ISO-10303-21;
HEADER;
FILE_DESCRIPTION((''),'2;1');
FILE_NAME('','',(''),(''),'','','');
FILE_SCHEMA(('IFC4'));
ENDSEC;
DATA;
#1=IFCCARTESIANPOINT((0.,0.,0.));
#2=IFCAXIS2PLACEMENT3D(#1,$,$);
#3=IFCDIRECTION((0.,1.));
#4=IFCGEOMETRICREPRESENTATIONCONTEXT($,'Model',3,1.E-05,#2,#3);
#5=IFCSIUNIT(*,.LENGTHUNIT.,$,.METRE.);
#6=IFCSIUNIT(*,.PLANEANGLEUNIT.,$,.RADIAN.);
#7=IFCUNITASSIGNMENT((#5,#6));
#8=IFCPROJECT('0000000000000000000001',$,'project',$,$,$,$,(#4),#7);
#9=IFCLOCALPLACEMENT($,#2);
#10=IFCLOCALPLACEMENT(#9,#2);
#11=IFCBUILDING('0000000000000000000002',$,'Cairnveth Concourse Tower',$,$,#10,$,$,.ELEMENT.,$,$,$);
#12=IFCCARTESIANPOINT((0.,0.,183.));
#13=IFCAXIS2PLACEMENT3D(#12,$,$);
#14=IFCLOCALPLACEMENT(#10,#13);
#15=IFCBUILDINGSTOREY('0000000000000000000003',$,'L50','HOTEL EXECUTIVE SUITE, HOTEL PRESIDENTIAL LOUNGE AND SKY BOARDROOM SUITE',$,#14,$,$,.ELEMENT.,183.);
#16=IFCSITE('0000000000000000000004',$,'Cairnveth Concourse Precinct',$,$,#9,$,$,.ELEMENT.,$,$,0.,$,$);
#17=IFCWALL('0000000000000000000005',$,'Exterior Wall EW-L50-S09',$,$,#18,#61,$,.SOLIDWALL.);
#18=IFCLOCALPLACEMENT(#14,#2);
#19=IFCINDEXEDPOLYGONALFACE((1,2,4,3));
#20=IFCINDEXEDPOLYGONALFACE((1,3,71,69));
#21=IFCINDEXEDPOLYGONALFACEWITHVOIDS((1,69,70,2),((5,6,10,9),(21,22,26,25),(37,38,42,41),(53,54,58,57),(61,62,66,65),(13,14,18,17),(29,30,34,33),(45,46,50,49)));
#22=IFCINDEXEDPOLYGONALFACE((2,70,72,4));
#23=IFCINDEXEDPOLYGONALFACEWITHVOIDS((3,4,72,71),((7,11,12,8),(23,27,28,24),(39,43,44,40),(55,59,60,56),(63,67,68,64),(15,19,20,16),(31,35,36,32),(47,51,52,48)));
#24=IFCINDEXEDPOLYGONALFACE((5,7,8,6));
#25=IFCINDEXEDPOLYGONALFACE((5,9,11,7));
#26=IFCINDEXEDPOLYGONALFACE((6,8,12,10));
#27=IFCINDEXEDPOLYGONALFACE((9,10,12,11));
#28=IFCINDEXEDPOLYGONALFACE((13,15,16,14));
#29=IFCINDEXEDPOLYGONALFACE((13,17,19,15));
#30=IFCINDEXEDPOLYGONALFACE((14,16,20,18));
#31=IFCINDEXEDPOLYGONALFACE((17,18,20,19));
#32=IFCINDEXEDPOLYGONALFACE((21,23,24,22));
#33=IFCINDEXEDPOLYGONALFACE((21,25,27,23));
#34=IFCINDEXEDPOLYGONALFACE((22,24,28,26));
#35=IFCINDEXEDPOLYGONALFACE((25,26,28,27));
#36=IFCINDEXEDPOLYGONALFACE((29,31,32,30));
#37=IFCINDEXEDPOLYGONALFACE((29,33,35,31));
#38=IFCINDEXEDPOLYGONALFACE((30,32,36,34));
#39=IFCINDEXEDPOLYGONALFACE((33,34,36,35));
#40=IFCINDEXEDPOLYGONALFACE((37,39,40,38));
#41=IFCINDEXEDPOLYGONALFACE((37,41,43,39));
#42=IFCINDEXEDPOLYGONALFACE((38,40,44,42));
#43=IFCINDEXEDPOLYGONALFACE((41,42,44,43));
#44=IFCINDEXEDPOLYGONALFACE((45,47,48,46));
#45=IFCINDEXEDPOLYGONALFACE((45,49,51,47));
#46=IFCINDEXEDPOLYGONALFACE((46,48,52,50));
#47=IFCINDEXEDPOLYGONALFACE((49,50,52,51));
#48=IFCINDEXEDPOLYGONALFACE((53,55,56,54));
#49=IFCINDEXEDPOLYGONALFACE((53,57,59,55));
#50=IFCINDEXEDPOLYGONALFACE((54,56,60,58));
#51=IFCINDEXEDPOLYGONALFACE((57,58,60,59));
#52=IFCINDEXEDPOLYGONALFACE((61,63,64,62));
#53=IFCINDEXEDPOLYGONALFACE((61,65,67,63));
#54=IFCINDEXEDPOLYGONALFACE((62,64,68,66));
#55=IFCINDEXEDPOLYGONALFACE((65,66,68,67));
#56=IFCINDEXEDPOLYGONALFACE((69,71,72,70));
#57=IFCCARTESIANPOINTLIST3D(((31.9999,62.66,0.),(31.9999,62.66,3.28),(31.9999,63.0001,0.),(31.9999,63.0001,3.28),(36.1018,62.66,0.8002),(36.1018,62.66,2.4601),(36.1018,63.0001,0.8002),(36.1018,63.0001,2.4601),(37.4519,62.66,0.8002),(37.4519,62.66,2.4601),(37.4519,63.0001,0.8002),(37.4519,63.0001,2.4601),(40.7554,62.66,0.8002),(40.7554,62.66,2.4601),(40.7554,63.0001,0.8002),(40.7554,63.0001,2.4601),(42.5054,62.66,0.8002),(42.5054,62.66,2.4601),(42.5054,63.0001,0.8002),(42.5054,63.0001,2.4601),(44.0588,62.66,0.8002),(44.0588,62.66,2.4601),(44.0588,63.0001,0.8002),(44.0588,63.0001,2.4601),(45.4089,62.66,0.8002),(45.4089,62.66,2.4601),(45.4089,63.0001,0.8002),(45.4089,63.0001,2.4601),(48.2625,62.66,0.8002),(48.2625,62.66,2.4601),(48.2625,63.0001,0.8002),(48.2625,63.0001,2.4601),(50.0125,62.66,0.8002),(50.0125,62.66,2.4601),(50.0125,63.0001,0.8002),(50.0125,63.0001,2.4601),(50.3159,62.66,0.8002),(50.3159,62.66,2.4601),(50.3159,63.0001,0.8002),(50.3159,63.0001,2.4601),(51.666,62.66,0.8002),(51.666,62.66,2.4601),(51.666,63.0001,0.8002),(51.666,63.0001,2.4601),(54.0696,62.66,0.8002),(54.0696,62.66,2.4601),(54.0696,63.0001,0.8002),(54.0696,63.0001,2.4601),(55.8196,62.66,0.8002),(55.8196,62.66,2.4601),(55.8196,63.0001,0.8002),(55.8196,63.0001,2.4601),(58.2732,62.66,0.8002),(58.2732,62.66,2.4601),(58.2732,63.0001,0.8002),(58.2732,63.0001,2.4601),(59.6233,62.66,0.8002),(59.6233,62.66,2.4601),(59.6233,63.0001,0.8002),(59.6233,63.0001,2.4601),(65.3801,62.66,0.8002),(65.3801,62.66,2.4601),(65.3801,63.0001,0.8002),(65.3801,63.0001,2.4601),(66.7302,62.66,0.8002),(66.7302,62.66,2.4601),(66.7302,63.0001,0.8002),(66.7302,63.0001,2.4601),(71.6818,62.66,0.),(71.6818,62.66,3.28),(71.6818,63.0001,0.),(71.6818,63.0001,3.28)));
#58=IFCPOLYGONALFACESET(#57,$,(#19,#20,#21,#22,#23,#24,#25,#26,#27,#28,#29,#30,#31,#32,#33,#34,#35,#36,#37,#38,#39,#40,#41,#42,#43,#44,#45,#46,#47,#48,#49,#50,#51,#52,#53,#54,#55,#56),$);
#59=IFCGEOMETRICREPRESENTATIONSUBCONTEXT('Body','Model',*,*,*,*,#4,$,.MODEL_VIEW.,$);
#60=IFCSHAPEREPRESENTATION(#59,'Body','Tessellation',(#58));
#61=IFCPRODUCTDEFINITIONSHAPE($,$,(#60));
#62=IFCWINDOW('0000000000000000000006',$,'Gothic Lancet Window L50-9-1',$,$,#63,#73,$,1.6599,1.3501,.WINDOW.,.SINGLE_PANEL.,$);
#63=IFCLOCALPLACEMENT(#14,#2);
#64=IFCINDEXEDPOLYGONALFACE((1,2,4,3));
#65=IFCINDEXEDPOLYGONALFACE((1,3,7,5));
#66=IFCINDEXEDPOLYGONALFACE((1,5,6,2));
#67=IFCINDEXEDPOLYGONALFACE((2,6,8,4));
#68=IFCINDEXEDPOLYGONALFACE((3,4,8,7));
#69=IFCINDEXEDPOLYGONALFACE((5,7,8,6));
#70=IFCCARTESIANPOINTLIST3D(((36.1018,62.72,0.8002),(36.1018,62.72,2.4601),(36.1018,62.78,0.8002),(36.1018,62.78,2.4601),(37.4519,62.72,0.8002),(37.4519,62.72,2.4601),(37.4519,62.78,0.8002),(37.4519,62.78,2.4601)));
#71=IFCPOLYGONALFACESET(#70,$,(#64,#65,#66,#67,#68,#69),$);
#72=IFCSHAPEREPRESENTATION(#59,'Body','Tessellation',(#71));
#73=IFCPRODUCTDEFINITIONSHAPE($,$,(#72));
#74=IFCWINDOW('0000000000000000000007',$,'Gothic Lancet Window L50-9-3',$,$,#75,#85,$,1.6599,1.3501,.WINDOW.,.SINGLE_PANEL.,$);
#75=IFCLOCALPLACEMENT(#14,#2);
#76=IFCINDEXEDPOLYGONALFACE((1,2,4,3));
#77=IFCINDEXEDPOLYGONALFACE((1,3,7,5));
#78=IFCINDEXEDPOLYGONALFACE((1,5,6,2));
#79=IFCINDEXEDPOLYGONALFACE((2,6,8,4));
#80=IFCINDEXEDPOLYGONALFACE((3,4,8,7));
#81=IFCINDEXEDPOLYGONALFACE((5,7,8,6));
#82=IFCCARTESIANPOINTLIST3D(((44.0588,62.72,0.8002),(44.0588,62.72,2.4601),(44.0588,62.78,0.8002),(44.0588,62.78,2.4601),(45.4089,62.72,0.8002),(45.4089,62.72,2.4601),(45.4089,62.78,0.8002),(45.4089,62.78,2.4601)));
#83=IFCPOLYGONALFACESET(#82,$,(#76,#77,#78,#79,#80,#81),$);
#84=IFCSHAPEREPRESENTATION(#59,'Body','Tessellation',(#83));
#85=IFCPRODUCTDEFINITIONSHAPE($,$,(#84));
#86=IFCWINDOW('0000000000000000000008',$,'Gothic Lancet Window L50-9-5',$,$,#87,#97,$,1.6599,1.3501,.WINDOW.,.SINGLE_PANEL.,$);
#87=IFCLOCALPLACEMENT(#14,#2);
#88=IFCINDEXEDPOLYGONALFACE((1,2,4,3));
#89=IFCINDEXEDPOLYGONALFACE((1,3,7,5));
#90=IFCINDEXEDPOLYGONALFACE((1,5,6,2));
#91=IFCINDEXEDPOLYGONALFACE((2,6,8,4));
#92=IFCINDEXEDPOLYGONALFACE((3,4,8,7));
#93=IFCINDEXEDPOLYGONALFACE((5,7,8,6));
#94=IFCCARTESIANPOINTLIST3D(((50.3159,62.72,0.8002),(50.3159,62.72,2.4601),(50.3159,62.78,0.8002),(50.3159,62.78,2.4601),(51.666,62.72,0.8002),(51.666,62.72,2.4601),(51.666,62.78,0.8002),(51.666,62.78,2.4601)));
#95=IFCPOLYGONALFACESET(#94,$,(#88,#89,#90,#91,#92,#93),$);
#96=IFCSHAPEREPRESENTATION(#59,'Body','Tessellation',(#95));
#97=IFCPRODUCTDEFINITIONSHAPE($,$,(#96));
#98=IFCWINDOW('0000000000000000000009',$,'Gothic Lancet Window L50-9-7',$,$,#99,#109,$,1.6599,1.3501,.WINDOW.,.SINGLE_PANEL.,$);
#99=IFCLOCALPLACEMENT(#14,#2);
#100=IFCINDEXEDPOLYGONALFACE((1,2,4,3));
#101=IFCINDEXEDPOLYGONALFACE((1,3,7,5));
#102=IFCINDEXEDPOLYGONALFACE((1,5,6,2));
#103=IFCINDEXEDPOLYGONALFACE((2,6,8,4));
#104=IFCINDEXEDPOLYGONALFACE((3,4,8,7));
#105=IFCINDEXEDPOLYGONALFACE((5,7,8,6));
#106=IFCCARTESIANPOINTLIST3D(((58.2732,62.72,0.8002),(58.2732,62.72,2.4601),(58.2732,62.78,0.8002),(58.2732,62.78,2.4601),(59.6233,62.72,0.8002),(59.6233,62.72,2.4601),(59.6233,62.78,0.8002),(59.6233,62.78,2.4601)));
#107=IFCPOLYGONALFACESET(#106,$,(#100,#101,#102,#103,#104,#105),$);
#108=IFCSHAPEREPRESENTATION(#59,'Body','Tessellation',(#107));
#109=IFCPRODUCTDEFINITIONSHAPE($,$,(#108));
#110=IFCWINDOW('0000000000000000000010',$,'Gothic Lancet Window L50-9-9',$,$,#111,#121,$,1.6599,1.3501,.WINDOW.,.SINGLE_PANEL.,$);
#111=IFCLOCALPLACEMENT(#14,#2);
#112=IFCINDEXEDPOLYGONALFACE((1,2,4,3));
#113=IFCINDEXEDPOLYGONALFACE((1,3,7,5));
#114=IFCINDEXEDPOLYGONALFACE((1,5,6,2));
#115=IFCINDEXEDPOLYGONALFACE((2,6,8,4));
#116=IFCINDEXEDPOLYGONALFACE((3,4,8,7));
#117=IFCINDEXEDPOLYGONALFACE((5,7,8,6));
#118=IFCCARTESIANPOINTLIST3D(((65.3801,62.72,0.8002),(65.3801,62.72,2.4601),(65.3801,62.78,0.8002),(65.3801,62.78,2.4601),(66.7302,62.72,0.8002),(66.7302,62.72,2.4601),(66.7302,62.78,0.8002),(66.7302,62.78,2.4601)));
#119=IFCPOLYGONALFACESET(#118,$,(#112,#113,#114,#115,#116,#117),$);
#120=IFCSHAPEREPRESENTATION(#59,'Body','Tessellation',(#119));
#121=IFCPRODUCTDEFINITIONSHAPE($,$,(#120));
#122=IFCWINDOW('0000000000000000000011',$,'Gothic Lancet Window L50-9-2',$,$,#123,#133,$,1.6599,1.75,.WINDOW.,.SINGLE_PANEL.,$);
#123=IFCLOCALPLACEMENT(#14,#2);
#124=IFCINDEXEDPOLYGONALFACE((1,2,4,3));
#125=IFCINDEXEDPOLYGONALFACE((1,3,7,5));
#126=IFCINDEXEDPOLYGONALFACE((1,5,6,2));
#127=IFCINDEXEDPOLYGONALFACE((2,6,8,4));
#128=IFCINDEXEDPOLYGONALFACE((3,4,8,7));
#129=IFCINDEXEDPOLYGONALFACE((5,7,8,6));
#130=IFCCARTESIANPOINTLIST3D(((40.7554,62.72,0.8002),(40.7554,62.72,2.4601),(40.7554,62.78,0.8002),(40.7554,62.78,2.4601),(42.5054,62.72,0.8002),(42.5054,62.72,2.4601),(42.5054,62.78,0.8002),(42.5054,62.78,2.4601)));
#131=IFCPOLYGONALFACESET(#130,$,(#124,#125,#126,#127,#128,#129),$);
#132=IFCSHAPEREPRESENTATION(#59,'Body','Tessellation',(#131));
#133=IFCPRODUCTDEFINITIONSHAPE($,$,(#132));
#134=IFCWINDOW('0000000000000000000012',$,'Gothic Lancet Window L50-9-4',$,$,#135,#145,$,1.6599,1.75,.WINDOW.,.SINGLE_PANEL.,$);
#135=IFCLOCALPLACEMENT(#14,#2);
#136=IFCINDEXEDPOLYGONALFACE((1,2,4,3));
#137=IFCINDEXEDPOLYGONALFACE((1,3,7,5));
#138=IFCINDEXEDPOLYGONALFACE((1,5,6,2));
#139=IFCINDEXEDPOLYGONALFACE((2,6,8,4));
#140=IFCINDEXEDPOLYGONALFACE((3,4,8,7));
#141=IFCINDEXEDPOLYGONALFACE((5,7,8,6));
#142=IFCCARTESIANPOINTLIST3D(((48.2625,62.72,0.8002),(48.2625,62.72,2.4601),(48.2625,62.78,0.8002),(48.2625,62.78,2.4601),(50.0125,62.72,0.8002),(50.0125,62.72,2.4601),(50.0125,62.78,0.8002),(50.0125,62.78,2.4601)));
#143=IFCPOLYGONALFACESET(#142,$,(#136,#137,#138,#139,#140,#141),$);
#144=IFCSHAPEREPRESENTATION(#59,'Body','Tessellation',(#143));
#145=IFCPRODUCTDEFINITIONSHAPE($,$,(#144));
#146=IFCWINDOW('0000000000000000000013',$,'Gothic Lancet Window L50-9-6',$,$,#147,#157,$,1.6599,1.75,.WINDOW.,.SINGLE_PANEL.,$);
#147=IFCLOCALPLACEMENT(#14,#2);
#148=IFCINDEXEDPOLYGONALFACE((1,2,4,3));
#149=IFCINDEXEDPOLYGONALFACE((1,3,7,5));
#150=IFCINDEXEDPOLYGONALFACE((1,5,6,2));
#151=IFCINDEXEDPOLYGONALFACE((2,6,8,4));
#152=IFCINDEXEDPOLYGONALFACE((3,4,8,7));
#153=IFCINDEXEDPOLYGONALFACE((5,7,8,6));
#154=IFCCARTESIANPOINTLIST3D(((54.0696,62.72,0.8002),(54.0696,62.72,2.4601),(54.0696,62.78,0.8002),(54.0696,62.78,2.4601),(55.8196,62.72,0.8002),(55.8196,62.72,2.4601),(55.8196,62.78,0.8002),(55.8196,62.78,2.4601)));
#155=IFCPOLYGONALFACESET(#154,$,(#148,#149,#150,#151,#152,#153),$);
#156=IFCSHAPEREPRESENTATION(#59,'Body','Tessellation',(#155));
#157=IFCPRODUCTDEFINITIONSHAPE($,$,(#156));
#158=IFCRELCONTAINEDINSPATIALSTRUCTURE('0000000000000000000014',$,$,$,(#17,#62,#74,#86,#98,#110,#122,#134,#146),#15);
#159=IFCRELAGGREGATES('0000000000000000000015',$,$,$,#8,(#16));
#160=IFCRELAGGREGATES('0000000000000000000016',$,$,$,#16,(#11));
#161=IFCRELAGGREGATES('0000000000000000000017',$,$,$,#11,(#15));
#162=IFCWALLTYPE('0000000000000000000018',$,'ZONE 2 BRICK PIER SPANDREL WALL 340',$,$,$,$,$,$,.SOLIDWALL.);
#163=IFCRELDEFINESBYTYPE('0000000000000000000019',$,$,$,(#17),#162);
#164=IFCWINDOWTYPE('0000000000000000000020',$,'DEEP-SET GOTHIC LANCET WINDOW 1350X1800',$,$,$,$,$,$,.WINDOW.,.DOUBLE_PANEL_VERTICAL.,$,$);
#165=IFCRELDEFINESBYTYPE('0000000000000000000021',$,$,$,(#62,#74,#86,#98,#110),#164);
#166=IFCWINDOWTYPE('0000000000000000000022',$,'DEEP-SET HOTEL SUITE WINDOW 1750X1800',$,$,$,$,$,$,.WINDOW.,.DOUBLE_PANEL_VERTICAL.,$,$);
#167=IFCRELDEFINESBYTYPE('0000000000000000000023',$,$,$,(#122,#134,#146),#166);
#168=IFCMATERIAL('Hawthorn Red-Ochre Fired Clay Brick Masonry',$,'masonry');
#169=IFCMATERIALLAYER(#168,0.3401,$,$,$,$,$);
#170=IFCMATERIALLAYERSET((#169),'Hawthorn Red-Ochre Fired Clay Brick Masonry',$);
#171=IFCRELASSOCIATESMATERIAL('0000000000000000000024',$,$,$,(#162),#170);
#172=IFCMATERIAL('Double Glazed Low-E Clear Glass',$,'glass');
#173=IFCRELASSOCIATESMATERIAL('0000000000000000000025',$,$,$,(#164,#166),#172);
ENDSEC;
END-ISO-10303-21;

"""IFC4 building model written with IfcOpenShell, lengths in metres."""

from ifc_helpers import new_model, si_unit, direction, frame, frame_2d, origin, place, context, subcontext, project, spatial, rectangle, extrude, material, layer, layer_set, type_object, element, fill, save


model = new_model("IFC4")

# Units and contexts
model_context = context("Model", 3, precision=1e-05, world=origin(), true_north=direction((0.0, 1.0)))
body_context = subcontext(model_context, "Body", "Model", "MODEL_VIEW")
ifc_project = project(units=[si_unit("LENGTHUNIT", "METRE"), si_unit("PLANEANGLEUNIT", "RADIAN")], contexts=[model_context])

# Site, building, storey
site_placement = place(None, origin())
site = spatial("IfcSite", under=ifc_project, at=site_placement, Name="Cairnveth Concourse Precinct", CompositionType="ELEMENT", RefElevation=0.0)
building_placement = place(site_placement, origin())
building = spatial("IfcBuilding", under=site, at=building_placement, Name="Cairnveth Concourse Tower", CompositionType="ELEMENT")
storey_placement = place(building_placement, frame((0.0, 0.0, 183.0)))
storey = spatial("IfcBuildingStorey", under=building, at=storey_placement, Name="L50", Description="HOTEL EXECUTIVE SUITE, HOTEL PRESIDENTIAL LOUNGE AND SKY BOARDROOM SUITE", CompositionType="ELEMENT", Elevation=183.0)

# Shared definitions
ifc_material_1 = material(Name="Hawthorn Red-Ochre Fired Clay Brick Masonry", Category="masonry")
ifc_layer_1 = layer(ifc_material_1, 0.3401)
ifc_layer_set_1 = layer_set([ifc_layer_1], Name="Hawthorn Red-Ochre Fired Clay Brick Masonry")
wall_type = type_object("IfcWallType", Name="ZONE 2 BRICK PIER SPANDREL WALL 340", PredefinedType="SOLIDWALL", material=ifc_layer_set_1)

# Wall, openings, windows
wall_1_placement = place(storey_placement, frame((32.0, 62.8301, 0.0), z_axis=(0.0, 0.0, 1.0), x_axis=(1.0, 0.0, 0.0)))
wall_1 = element("IfcWall", 1, at=wall_1_placement, inside=storey, type_object=wall_type, Name="Exterior Wall EW-L50-S09", PredefinedType="SOLIDWALL", context=body_context, shape_type="SweptSolid", body=[
    extrude(rectangle(XDim=39.6819, YDim=0.3401, at=frame_2d((19.8408, 0.0))), origin(), (0.0, 0.0, 1.0), 3.28),
])
opening_1_placement = place(wall_1_placement, frame((4.1018, 0.0, 0.8)))
opening_1 = element("IfcOpeningElement", 2, at=opening_1_placement, cuts=wall_1, PredefinedType="OPENING", context=body_context, shape_type="SweptSolid", body=[
    extrude(rectangle(XDim=1.3501, YDim=1.6599, at=frame_2d((0.675, 0.8301))), frame((0.0, 0.1799, 0.0), z_axis=(0.0, -1.0, 0.0), x_axis=(1.0, 0.0, 0.0)), (0.0, 0.0, 1.0), 0.3601),
])
opening_2_placement = place(wall_1_placement, frame((8.7554, 0.0, 0.8)))
opening_2 = element("IfcOpeningElement", 3, at=opening_2_placement, cuts=wall_1, PredefinedType="OPENING", context=body_context, shape_type="SweptSolid", body=[
    extrude(rectangle(XDim=1.75, YDim=1.6599, at=frame_2d((0.875, 0.8301))), frame((0.0, 0.1799, 0.0), z_axis=(0.0, -1.0, 0.0), x_axis=(1.0, 0.0, 0.0)), (0.0, 0.0, 1.0), 0.3601),
])
opening_3_placement = place(wall_1_placement, frame((12.0588, 0.0, 0.8)))
opening_3 = element("IfcOpeningElement", 4, at=opening_3_placement, cuts=wall_1, PredefinedType="OPENING", context=body_context, shape_type="SweptSolid", body=[
    extrude(rectangle(XDim=1.3501, YDim=1.6599, at=frame_2d((0.675, 0.8301))), frame((0.0, 0.1799, 0.0), z_axis=(0.0, -1.0, 0.0), x_axis=(1.0, 0.0, 0.0)), (0.0, 0.0, 1.0), 0.3601),
])
opening_4_placement = place(wall_1_placement, frame((16.2625, 0.0, 0.8)))
opening_4 = element("IfcOpeningElement", 5, at=opening_4_placement, cuts=wall_1, PredefinedType="OPENING", context=body_context, shape_type="SweptSolid", body=[
    extrude(rectangle(XDim=1.75, YDim=1.6599, at=frame_2d((0.875, 0.8301))), frame((0.0, 0.1799, 0.0), z_axis=(0.0, -1.0, 0.0), x_axis=(1.0, 0.0, 0.0)), (0.0, 0.0, 1.0), 0.3601),
])
opening_5_placement = place(wall_1_placement, frame((18.3159, 0.0, 0.8)))
opening_5 = element("IfcOpeningElement", 6, at=opening_5_placement, cuts=wall_1, PredefinedType="OPENING", context=body_context, shape_type="SweptSolid", body=[
    extrude(rectangle(XDim=1.3501, YDim=1.6599, at=frame_2d((0.675, 0.8301))), frame((0.0, 0.1799, 0.0), z_axis=(0.0, -1.0, 0.0), x_axis=(1.0, 0.0, 0.0)), (0.0, 0.0, 1.0), 0.3601),
])
opening_6_placement = place(wall_1_placement, frame((22.0696, 0.0, 0.8)))
opening_6 = element("IfcOpeningElement", 7, at=opening_6_placement, cuts=wall_1, PredefinedType="OPENING", context=body_context, shape_type="SweptSolid", body=[
    extrude(rectangle(XDim=1.75, YDim=1.6599, at=frame_2d((0.875, 0.8301))), frame((0.0, 0.1799, 0.0), z_axis=(0.0, -1.0, 0.0), x_axis=(1.0, 0.0, 0.0)), (0.0, 0.0, 1.0), 0.3601),
])
opening_7_placement = place(wall_1_placement, frame((26.2732, 0.0, 0.8)))
opening_7 = element("IfcOpeningElement", 8, at=opening_7_placement, cuts=wall_1, PredefinedType="OPENING", context=body_context, shape_type="SweptSolid", body=[
    extrude(rectangle(XDim=1.3501, YDim=1.6599, at=frame_2d((0.675, 0.8301))), frame((0.0, 0.1799, 0.0), z_axis=(0.0, -1.0, 0.0), x_axis=(1.0, 0.0, 0.0)), (0.0, 0.0, 1.0), 0.3601),
])
opening_8_placement = place(wall_1_placement, frame((33.3801, 0.0, 0.8)))
opening_8 = element("IfcOpeningElement", 9, at=opening_8_placement, cuts=wall_1, PredefinedType="OPENING", context=body_context, shape_type="SweptSolid", body=[
    extrude(rectangle(XDim=1.3501, YDim=1.6599, at=frame_2d((0.675, 0.8301))), frame((0.0, 0.1799, 0.0), z_axis=(0.0, -1.0, 0.0), x_axis=(1.0, 0.0, 0.0)), (0.0, 0.0, 1.0), 0.3601),
])
ifc_material_2 = material(Name="Double Glazed Low-E Clear Glass", Category="glass")
window_type_1 = type_object("IfcWindowType", Name="DEEP-SET GOTHIC LANCET WINDOW 1350X1800", PartitioningType="DOUBLE_PANEL_VERTICAL", PredefinedType="WINDOW", material=ifc_material_2)
window_1_placement = place(opening_1_placement, origin())
window_1 = element("IfcWindow", 10, at=window_1_placement, inside=storey, type_object=window_type_1, Name="Gothic Lancet Window L50-9-1", OverallHeight=1.6599, OverallWidth=1.3501, PartitioningType="SINGLE_PANEL", PredefinedType="WINDOW", context=body_context, shape_type="SweptSolid", body=[
    extrude(rectangle(XDim=1.3501, YDim=1.6599, at=frame_2d((0.675, 0.8301))), frame((0.0, -0.05, 0.0), z_axis=(0.0, -1.0, 0.0), x_axis=(1.0, 0.0, 0.0)), (0.0, 0.0, 1.0), 0.0601),
])
fill(opening_1, window_1)
window_2_placement = place(opening_3_placement, origin())
window_2 = element("IfcWindow", 11, at=window_2_placement, inside=storey, type_object=window_type_1, Name="Gothic Lancet Window L50-9-3", OverallHeight=1.6599, OverallWidth=1.3501, PartitioningType="SINGLE_PANEL", PredefinedType="WINDOW", context=body_context, shape_type="SweptSolid", body=[
    extrude(rectangle(XDim=1.3501, YDim=1.6599, at=frame_2d((0.675, 0.8301))), frame((0.0, -0.05, 0.0), z_axis=(0.0, -1.0, 0.0), x_axis=(1.0, 0.0, 0.0)), (0.0, 0.0, 1.0), 0.0601),
])
fill(opening_3, window_2)
window_3_placement = place(opening_5_placement, origin())
window_3 = element("IfcWindow", 12, at=window_3_placement, inside=storey, type_object=window_type_1, Name="Gothic Lancet Window L50-9-5", OverallHeight=1.6599, OverallWidth=1.3501, PartitioningType="SINGLE_PANEL", PredefinedType="WINDOW", context=body_context, shape_type="SweptSolid", body=[
    extrude(rectangle(XDim=1.3501, YDim=1.6599, at=frame_2d((0.675, 0.8301))), frame((0.0, -0.05, 0.0), z_axis=(0.0, -1.0, 0.0), x_axis=(1.0, 0.0, 0.0)), (0.0, 0.0, 1.0), 0.0601),
])
fill(opening_5, window_3)
window_4_placement = place(opening_7_placement, origin())
window_4 = element("IfcWindow", 13, at=window_4_placement, inside=storey, type_object=window_type_1, Name="Gothic Lancet Window L50-9-7", OverallHeight=1.6599, OverallWidth=1.3501, PartitioningType="SINGLE_PANEL", PredefinedType="WINDOW", context=body_context, shape_type="SweptSolid", body=[
    extrude(rectangle(XDim=1.3501, YDim=1.6599, at=frame_2d((0.675, 0.8301))), frame((0.0, -0.05, 0.0), z_axis=(0.0, -1.0, 0.0), x_axis=(1.0, 0.0, 0.0)), (0.0, 0.0, 1.0), 0.0601),
])
fill(opening_7, window_4)
window_5_placement = place(opening_8_placement, origin())
window_5 = element("IfcWindow", 14, at=window_5_placement, inside=storey, type_object=window_type_1, Name="Gothic Lancet Window L50-9-9", OverallHeight=1.6599, OverallWidth=1.3501, PartitioningType="SINGLE_PANEL", PredefinedType="WINDOW", context=body_context, shape_type="SweptSolid", body=[
    extrude(rectangle(XDim=1.3501, YDim=1.6599, at=frame_2d((0.675, 0.8301))), frame((0.0, -0.05, 0.0), z_axis=(0.0, -1.0, 0.0), x_axis=(1.0, 0.0, 0.0)), (0.0, 0.0, 1.0), 0.0601),
])
fill(opening_8, window_5)
window_type_2 = type_object("IfcWindowType", Name="DEEP-SET HOTEL SUITE WINDOW 1750X1800", PartitioningType="DOUBLE_PANEL_VERTICAL", PredefinedType="WINDOW", material=ifc_material_2)
window_6_placement = place(opening_2_placement, origin())
window_6 = element("IfcWindow", 15, at=window_6_placement, inside=storey, type_object=window_type_2, Name="Gothic Lancet Window L50-9-2", OverallHeight=1.6599, OverallWidth=1.75, PartitioningType="SINGLE_PANEL", PredefinedType="WINDOW", context=body_context, shape_type="SweptSolid", body=[
    extrude(rectangle(XDim=1.75, YDim=1.6599, at=frame_2d((0.875, 0.8301))), frame((0.0, -0.05, 0.0), z_axis=(0.0, -1.0, 0.0), x_axis=(1.0, 0.0, 0.0)), (0.0, 0.0, 1.0), 0.0601),
])
fill(opening_2, window_6)
window_7_placement = place(opening_4_placement, origin())
window_7 = element("IfcWindow", 16, at=window_7_placement, inside=storey, type_object=window_type_2, Name="Gothic Lancet Window L50-9-4", OverallHeight=1.6599, OverallWidth=1.75, PartitioningType="SINGLE_PANEL", PredefinedType="WINDOW", context=body_context, shape_type="SweptSolid", body=[
    extrude(rectangle(XDim=1.75, YDim=1.6599, at=frame_2d((0.875, 0.8301))), frame((0.0, -0.05, 0.0), z_axis=(0.0, -1.0, 0.0), x_axis=(1.0, 0.0, 0.0)), (0.0, 0.0, 1.0), 0.0601),
])
fill(opening_4, window_7)
window_8_placement = place(opening_6_placement, origin())
window_8 = element("IfcWindow", 17, at=window_8_placement, inside=storey, type_object=window_type_2, Name="Gothic Lancet Window L50-9-6", OverallHeight=1.6599, OverallWidth=1.75, PartitioningType="SINGLE_PANEL", PredefinedType="WINDOW", context=body_context, shape_type="SweptSolid", body=[
    extrude(rectangle(XDim=1.75, YDim=1.6599, at=frame_2d((0.875, 0.8301))), frame((0.0, -0.05, 0.0), z_axis=(0.0, -1.0, 0.0), x_axis=(1.0, 0.0, 0.0)), (0.0, 0.0, 1.0), 0.0601),
])
fill(opening_6, window_8)

save(model, "model.ifc")
